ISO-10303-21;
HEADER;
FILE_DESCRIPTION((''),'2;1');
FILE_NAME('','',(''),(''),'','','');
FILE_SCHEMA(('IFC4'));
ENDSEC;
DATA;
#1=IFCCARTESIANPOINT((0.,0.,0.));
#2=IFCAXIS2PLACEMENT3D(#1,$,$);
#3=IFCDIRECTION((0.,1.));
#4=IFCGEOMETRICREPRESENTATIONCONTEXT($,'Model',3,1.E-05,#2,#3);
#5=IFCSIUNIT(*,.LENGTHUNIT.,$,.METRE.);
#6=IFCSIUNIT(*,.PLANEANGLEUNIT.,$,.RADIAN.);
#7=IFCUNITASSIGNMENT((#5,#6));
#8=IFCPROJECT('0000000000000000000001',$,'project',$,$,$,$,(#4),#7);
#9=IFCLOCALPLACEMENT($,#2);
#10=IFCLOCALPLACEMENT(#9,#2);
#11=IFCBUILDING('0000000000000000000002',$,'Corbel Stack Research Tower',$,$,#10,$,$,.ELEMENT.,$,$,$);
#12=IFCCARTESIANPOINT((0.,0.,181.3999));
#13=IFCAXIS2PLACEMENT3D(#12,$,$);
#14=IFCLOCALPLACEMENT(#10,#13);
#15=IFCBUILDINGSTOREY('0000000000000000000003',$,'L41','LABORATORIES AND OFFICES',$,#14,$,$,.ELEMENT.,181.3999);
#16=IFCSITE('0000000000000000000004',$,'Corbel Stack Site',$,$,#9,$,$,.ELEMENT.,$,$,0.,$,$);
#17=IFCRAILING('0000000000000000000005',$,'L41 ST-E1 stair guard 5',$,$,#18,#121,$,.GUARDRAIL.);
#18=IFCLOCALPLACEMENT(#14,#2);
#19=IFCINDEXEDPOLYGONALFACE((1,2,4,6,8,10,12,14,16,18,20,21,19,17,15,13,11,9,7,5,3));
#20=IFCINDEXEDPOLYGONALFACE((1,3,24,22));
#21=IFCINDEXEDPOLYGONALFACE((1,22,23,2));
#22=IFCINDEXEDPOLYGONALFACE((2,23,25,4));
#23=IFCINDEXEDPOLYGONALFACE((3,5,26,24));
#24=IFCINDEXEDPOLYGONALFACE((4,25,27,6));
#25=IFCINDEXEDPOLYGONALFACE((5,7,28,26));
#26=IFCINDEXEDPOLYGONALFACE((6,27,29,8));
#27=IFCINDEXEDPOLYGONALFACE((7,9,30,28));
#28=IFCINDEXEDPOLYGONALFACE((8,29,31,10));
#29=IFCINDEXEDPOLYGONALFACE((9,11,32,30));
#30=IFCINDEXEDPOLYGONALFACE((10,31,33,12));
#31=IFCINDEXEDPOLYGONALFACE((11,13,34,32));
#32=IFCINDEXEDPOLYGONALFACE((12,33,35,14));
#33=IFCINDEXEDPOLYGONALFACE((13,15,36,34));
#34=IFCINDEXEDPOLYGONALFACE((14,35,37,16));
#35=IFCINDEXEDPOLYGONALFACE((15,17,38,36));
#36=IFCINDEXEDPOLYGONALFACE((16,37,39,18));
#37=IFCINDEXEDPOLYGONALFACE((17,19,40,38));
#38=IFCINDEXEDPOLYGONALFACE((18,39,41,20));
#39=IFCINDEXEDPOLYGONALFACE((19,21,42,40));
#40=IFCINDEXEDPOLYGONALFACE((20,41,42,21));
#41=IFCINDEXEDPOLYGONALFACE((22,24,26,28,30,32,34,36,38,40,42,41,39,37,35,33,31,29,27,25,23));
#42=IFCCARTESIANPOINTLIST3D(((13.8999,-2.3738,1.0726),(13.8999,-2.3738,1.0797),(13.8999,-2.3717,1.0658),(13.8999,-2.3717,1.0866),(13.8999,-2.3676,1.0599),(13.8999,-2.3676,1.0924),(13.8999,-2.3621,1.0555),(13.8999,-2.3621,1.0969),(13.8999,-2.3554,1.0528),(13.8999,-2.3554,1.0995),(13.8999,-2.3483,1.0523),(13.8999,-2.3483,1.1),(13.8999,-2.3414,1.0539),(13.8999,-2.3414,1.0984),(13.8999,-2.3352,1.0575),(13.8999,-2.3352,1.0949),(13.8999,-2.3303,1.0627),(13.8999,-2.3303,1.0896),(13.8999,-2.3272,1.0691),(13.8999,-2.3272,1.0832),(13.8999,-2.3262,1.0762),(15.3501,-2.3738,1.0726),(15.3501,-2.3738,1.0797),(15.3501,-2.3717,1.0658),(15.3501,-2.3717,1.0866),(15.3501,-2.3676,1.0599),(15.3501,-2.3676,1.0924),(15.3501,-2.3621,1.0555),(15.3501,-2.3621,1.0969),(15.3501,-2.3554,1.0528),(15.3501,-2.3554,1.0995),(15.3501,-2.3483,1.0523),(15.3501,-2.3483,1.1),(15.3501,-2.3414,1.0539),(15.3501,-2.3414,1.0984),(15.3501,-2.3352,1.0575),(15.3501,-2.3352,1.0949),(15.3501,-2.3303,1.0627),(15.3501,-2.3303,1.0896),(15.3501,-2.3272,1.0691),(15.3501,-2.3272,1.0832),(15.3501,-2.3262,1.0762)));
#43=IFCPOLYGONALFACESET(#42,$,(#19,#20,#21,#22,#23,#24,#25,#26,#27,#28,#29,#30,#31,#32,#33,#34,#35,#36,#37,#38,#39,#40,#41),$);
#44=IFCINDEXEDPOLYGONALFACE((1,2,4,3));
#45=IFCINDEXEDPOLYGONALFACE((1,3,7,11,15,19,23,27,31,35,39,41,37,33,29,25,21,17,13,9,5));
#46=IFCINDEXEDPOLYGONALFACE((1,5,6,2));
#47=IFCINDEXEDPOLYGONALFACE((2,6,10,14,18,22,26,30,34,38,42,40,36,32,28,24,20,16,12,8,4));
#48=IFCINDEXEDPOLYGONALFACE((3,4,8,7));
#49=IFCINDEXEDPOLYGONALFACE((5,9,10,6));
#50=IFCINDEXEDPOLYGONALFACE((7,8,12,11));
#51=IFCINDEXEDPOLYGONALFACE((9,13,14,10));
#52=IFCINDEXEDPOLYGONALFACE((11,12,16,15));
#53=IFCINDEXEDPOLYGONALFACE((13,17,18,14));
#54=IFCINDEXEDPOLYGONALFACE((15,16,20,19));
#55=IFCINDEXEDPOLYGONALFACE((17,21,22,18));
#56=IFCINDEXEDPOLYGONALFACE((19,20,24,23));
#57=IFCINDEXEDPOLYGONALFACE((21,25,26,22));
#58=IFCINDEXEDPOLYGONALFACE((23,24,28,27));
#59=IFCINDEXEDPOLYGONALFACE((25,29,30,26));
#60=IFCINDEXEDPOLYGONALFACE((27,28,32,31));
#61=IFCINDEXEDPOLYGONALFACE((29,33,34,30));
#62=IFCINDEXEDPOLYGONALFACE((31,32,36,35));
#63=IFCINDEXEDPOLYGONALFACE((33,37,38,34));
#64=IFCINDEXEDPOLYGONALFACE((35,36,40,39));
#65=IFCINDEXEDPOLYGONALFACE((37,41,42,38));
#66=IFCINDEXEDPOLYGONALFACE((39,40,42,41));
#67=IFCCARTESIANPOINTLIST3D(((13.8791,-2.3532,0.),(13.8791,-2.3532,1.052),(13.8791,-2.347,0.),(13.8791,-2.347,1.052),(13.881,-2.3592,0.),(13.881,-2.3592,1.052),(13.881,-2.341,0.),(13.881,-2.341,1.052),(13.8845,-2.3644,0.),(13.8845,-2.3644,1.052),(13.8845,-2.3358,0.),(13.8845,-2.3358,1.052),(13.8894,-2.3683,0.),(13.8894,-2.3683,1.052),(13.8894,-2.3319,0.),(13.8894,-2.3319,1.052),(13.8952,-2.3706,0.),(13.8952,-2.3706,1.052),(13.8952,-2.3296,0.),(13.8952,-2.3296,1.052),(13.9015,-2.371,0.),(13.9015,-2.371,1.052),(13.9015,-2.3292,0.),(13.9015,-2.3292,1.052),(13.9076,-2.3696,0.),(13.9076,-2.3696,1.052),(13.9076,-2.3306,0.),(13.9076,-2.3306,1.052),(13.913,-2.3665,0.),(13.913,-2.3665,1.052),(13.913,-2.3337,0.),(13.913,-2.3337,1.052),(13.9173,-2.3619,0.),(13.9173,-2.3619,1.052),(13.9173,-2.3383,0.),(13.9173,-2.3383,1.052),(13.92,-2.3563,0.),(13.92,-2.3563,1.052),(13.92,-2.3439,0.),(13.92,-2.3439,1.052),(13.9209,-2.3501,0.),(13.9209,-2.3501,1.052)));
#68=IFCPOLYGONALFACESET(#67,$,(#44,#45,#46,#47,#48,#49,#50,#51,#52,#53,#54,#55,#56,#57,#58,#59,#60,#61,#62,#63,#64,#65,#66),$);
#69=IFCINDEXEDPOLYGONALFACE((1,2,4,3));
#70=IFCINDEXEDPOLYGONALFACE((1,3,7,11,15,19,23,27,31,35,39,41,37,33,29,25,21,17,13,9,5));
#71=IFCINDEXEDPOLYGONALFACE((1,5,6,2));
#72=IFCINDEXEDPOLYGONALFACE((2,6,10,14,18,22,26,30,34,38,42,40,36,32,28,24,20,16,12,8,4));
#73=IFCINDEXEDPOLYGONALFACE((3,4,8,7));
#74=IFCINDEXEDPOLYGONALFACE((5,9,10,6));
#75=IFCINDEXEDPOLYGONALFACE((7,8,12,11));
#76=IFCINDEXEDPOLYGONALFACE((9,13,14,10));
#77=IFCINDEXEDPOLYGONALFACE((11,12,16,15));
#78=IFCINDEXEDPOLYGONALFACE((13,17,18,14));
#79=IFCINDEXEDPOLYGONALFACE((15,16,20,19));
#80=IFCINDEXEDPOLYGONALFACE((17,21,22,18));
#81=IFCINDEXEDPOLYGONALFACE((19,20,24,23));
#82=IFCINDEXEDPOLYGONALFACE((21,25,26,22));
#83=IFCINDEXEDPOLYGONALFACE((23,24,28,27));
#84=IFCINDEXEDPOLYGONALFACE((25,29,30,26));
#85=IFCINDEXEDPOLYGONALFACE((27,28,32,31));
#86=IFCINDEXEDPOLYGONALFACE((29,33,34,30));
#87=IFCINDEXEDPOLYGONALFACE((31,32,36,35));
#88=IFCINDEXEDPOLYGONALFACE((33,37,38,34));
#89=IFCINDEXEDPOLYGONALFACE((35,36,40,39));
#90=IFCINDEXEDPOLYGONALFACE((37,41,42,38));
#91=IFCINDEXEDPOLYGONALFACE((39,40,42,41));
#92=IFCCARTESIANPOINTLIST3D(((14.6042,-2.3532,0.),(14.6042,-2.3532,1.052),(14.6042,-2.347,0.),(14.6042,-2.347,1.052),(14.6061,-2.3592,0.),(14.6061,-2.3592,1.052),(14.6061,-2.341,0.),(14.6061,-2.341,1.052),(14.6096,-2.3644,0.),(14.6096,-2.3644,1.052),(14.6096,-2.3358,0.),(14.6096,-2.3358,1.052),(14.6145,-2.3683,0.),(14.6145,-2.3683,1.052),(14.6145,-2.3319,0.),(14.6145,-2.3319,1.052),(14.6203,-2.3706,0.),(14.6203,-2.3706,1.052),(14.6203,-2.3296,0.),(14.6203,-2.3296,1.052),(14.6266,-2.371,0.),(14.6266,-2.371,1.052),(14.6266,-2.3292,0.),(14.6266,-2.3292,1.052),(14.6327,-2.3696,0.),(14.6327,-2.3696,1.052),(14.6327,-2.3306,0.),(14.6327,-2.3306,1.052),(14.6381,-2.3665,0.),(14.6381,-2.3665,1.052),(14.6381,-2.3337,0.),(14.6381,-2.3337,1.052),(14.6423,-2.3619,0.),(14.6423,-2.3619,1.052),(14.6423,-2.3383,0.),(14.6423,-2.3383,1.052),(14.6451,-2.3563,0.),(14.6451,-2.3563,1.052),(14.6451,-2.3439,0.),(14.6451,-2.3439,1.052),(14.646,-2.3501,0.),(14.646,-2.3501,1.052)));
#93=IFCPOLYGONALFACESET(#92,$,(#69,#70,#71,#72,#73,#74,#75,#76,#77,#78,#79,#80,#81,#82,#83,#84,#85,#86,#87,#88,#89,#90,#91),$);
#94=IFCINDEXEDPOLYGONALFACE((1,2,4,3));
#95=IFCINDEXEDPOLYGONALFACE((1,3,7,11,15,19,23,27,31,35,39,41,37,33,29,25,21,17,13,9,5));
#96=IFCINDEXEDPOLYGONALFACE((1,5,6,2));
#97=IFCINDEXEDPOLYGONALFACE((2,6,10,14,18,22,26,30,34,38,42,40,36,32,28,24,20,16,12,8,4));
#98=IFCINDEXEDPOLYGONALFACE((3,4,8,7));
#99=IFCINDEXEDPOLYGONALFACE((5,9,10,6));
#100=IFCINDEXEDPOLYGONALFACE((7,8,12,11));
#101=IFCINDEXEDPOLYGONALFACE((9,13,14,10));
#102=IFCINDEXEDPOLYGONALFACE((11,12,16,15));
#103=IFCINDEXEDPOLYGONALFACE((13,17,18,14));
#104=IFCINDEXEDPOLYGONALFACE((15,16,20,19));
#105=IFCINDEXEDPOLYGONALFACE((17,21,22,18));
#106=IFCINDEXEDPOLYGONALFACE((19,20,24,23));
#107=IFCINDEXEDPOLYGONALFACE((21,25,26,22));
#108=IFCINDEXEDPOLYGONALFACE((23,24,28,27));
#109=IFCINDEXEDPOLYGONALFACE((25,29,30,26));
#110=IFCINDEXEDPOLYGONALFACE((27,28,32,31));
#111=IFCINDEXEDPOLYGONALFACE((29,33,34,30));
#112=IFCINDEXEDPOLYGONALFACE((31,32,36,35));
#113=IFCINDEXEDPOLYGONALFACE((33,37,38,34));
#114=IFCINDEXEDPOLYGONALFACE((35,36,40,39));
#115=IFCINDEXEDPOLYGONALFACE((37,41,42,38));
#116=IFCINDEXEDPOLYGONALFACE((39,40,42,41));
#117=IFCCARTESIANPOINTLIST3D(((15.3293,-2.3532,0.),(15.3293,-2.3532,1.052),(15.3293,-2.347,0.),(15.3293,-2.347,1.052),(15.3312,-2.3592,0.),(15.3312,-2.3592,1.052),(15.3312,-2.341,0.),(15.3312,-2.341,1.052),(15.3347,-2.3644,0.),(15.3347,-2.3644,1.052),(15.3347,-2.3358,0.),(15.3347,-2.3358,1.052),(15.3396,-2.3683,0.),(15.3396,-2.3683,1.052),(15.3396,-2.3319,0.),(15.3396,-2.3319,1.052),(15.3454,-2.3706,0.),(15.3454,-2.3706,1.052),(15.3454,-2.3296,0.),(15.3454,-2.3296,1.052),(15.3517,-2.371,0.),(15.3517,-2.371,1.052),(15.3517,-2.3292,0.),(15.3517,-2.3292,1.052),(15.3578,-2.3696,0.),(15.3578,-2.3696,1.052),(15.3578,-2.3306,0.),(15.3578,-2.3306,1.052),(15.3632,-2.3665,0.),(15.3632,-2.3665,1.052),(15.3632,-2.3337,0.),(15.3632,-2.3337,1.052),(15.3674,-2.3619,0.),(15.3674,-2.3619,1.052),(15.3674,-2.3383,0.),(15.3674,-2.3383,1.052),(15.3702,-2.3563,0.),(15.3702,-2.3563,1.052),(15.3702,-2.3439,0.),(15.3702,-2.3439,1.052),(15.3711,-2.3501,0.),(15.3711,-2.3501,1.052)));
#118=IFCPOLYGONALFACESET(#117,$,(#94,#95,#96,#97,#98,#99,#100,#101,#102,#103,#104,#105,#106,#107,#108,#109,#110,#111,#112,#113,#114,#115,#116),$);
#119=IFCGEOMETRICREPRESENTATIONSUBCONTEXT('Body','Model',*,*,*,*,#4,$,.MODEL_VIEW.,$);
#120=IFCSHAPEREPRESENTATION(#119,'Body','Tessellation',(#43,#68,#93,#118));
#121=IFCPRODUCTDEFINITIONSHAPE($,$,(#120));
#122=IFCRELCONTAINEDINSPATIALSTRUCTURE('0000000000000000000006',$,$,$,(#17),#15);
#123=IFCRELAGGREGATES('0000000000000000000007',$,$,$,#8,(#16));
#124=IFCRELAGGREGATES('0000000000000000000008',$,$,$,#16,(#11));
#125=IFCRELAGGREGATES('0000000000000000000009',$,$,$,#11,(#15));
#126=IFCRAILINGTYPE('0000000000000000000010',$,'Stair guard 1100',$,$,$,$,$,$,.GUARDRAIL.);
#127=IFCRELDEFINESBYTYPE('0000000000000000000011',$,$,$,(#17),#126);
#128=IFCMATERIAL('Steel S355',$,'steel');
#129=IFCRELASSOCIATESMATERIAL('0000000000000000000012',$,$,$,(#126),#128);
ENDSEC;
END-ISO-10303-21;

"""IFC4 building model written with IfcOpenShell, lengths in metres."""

from ifc_helpers import new_model, si_unit, direction, frame, origin, origin_2d, place, context, subcontext, project, spatial, circle, extrude, material, type_object, element, save


model = new_model("IFC4")

# Units and contexts
model_context = context("Model", 3, precision=1e-05, world=origin(), true_north=direction((0.0, 1.0)))
body_context = subcontext(model_context, "Body", "Model", "MODEL_VIEW")
ifc_project = project(units=[si_unit("LENGTHUNIT", "METRE"), si_unit("PLANEANGLEUNIT", "RADIAN")], contexts=[model_context])

# Site, building, storey
site_placement = place(None, origin())
site = spatial("IfcSite", under=ifc_project, at=site_placement, Name="Corbel Stack Site", CompositionType="ELEMENT", RefElevation=0.0)
building_placement = place(site_placement, origin())
building = spatial("IfcBuilding", under=site, at=building_placement, Name="Corbel Stack Research Tower", CompositionType="ELEMENT")
storey_placement = place(building_placement, frame((0.0, 0.0, 181.3999)))
storey = spatial("IfcBuildingStorey", under=building, at=storey_placement, Name="L41", Description="LABORATORIES AND OFFICES", CompositionType="ELEMENT", Elevation=181.3999)

# Railing
ifc_material_1 = material(Name="Steel S355", Category="steel")
railing_type_1 = type_object("IfcRailingType", Name="Stair guard 1100", PredefinedType="GUARDRAIL", material=ifc_material_1)
railing_1_placement = place(storey_placement, frame((13.8999, -2.3501, 0.0)))
element("IfcRailing", 1, at=railing_1_placement, inside=storey, type_object=railing_type_1, Name="L41 ST-E1 stair guard 5", PredefinedType="GUARDRAIL", context=body_context, shape_type="SweptSolid", body=[
    extrude(circle(Radius=0.0239, at=origin_2d()), frame((0.0, 0.0, 1.0762), z_axis=(1.0, 0.0, 0.0), x_axis=(0.0, 1.0, 0.0)), (0.0, 0.0, 1.0), 1.4502),
    extrude(circle(Radius=0.021, at=origin_2d()), origin(), (0.0, 0.0, 1.0), 1.052),
    extrude(circle(Radius=0.021, at=origin_2d()), frame((0.7251, 0.0, 0.0)), (0.0, 0.0, 1.0), 1.052),
    extrude(circle(Radius=0.021, at=origin_2d()), frame((1.4502, 0.0, 0.0)), (0.0, 0.0, 1.0), 1.052),
])

save(model, "model.ifc")
